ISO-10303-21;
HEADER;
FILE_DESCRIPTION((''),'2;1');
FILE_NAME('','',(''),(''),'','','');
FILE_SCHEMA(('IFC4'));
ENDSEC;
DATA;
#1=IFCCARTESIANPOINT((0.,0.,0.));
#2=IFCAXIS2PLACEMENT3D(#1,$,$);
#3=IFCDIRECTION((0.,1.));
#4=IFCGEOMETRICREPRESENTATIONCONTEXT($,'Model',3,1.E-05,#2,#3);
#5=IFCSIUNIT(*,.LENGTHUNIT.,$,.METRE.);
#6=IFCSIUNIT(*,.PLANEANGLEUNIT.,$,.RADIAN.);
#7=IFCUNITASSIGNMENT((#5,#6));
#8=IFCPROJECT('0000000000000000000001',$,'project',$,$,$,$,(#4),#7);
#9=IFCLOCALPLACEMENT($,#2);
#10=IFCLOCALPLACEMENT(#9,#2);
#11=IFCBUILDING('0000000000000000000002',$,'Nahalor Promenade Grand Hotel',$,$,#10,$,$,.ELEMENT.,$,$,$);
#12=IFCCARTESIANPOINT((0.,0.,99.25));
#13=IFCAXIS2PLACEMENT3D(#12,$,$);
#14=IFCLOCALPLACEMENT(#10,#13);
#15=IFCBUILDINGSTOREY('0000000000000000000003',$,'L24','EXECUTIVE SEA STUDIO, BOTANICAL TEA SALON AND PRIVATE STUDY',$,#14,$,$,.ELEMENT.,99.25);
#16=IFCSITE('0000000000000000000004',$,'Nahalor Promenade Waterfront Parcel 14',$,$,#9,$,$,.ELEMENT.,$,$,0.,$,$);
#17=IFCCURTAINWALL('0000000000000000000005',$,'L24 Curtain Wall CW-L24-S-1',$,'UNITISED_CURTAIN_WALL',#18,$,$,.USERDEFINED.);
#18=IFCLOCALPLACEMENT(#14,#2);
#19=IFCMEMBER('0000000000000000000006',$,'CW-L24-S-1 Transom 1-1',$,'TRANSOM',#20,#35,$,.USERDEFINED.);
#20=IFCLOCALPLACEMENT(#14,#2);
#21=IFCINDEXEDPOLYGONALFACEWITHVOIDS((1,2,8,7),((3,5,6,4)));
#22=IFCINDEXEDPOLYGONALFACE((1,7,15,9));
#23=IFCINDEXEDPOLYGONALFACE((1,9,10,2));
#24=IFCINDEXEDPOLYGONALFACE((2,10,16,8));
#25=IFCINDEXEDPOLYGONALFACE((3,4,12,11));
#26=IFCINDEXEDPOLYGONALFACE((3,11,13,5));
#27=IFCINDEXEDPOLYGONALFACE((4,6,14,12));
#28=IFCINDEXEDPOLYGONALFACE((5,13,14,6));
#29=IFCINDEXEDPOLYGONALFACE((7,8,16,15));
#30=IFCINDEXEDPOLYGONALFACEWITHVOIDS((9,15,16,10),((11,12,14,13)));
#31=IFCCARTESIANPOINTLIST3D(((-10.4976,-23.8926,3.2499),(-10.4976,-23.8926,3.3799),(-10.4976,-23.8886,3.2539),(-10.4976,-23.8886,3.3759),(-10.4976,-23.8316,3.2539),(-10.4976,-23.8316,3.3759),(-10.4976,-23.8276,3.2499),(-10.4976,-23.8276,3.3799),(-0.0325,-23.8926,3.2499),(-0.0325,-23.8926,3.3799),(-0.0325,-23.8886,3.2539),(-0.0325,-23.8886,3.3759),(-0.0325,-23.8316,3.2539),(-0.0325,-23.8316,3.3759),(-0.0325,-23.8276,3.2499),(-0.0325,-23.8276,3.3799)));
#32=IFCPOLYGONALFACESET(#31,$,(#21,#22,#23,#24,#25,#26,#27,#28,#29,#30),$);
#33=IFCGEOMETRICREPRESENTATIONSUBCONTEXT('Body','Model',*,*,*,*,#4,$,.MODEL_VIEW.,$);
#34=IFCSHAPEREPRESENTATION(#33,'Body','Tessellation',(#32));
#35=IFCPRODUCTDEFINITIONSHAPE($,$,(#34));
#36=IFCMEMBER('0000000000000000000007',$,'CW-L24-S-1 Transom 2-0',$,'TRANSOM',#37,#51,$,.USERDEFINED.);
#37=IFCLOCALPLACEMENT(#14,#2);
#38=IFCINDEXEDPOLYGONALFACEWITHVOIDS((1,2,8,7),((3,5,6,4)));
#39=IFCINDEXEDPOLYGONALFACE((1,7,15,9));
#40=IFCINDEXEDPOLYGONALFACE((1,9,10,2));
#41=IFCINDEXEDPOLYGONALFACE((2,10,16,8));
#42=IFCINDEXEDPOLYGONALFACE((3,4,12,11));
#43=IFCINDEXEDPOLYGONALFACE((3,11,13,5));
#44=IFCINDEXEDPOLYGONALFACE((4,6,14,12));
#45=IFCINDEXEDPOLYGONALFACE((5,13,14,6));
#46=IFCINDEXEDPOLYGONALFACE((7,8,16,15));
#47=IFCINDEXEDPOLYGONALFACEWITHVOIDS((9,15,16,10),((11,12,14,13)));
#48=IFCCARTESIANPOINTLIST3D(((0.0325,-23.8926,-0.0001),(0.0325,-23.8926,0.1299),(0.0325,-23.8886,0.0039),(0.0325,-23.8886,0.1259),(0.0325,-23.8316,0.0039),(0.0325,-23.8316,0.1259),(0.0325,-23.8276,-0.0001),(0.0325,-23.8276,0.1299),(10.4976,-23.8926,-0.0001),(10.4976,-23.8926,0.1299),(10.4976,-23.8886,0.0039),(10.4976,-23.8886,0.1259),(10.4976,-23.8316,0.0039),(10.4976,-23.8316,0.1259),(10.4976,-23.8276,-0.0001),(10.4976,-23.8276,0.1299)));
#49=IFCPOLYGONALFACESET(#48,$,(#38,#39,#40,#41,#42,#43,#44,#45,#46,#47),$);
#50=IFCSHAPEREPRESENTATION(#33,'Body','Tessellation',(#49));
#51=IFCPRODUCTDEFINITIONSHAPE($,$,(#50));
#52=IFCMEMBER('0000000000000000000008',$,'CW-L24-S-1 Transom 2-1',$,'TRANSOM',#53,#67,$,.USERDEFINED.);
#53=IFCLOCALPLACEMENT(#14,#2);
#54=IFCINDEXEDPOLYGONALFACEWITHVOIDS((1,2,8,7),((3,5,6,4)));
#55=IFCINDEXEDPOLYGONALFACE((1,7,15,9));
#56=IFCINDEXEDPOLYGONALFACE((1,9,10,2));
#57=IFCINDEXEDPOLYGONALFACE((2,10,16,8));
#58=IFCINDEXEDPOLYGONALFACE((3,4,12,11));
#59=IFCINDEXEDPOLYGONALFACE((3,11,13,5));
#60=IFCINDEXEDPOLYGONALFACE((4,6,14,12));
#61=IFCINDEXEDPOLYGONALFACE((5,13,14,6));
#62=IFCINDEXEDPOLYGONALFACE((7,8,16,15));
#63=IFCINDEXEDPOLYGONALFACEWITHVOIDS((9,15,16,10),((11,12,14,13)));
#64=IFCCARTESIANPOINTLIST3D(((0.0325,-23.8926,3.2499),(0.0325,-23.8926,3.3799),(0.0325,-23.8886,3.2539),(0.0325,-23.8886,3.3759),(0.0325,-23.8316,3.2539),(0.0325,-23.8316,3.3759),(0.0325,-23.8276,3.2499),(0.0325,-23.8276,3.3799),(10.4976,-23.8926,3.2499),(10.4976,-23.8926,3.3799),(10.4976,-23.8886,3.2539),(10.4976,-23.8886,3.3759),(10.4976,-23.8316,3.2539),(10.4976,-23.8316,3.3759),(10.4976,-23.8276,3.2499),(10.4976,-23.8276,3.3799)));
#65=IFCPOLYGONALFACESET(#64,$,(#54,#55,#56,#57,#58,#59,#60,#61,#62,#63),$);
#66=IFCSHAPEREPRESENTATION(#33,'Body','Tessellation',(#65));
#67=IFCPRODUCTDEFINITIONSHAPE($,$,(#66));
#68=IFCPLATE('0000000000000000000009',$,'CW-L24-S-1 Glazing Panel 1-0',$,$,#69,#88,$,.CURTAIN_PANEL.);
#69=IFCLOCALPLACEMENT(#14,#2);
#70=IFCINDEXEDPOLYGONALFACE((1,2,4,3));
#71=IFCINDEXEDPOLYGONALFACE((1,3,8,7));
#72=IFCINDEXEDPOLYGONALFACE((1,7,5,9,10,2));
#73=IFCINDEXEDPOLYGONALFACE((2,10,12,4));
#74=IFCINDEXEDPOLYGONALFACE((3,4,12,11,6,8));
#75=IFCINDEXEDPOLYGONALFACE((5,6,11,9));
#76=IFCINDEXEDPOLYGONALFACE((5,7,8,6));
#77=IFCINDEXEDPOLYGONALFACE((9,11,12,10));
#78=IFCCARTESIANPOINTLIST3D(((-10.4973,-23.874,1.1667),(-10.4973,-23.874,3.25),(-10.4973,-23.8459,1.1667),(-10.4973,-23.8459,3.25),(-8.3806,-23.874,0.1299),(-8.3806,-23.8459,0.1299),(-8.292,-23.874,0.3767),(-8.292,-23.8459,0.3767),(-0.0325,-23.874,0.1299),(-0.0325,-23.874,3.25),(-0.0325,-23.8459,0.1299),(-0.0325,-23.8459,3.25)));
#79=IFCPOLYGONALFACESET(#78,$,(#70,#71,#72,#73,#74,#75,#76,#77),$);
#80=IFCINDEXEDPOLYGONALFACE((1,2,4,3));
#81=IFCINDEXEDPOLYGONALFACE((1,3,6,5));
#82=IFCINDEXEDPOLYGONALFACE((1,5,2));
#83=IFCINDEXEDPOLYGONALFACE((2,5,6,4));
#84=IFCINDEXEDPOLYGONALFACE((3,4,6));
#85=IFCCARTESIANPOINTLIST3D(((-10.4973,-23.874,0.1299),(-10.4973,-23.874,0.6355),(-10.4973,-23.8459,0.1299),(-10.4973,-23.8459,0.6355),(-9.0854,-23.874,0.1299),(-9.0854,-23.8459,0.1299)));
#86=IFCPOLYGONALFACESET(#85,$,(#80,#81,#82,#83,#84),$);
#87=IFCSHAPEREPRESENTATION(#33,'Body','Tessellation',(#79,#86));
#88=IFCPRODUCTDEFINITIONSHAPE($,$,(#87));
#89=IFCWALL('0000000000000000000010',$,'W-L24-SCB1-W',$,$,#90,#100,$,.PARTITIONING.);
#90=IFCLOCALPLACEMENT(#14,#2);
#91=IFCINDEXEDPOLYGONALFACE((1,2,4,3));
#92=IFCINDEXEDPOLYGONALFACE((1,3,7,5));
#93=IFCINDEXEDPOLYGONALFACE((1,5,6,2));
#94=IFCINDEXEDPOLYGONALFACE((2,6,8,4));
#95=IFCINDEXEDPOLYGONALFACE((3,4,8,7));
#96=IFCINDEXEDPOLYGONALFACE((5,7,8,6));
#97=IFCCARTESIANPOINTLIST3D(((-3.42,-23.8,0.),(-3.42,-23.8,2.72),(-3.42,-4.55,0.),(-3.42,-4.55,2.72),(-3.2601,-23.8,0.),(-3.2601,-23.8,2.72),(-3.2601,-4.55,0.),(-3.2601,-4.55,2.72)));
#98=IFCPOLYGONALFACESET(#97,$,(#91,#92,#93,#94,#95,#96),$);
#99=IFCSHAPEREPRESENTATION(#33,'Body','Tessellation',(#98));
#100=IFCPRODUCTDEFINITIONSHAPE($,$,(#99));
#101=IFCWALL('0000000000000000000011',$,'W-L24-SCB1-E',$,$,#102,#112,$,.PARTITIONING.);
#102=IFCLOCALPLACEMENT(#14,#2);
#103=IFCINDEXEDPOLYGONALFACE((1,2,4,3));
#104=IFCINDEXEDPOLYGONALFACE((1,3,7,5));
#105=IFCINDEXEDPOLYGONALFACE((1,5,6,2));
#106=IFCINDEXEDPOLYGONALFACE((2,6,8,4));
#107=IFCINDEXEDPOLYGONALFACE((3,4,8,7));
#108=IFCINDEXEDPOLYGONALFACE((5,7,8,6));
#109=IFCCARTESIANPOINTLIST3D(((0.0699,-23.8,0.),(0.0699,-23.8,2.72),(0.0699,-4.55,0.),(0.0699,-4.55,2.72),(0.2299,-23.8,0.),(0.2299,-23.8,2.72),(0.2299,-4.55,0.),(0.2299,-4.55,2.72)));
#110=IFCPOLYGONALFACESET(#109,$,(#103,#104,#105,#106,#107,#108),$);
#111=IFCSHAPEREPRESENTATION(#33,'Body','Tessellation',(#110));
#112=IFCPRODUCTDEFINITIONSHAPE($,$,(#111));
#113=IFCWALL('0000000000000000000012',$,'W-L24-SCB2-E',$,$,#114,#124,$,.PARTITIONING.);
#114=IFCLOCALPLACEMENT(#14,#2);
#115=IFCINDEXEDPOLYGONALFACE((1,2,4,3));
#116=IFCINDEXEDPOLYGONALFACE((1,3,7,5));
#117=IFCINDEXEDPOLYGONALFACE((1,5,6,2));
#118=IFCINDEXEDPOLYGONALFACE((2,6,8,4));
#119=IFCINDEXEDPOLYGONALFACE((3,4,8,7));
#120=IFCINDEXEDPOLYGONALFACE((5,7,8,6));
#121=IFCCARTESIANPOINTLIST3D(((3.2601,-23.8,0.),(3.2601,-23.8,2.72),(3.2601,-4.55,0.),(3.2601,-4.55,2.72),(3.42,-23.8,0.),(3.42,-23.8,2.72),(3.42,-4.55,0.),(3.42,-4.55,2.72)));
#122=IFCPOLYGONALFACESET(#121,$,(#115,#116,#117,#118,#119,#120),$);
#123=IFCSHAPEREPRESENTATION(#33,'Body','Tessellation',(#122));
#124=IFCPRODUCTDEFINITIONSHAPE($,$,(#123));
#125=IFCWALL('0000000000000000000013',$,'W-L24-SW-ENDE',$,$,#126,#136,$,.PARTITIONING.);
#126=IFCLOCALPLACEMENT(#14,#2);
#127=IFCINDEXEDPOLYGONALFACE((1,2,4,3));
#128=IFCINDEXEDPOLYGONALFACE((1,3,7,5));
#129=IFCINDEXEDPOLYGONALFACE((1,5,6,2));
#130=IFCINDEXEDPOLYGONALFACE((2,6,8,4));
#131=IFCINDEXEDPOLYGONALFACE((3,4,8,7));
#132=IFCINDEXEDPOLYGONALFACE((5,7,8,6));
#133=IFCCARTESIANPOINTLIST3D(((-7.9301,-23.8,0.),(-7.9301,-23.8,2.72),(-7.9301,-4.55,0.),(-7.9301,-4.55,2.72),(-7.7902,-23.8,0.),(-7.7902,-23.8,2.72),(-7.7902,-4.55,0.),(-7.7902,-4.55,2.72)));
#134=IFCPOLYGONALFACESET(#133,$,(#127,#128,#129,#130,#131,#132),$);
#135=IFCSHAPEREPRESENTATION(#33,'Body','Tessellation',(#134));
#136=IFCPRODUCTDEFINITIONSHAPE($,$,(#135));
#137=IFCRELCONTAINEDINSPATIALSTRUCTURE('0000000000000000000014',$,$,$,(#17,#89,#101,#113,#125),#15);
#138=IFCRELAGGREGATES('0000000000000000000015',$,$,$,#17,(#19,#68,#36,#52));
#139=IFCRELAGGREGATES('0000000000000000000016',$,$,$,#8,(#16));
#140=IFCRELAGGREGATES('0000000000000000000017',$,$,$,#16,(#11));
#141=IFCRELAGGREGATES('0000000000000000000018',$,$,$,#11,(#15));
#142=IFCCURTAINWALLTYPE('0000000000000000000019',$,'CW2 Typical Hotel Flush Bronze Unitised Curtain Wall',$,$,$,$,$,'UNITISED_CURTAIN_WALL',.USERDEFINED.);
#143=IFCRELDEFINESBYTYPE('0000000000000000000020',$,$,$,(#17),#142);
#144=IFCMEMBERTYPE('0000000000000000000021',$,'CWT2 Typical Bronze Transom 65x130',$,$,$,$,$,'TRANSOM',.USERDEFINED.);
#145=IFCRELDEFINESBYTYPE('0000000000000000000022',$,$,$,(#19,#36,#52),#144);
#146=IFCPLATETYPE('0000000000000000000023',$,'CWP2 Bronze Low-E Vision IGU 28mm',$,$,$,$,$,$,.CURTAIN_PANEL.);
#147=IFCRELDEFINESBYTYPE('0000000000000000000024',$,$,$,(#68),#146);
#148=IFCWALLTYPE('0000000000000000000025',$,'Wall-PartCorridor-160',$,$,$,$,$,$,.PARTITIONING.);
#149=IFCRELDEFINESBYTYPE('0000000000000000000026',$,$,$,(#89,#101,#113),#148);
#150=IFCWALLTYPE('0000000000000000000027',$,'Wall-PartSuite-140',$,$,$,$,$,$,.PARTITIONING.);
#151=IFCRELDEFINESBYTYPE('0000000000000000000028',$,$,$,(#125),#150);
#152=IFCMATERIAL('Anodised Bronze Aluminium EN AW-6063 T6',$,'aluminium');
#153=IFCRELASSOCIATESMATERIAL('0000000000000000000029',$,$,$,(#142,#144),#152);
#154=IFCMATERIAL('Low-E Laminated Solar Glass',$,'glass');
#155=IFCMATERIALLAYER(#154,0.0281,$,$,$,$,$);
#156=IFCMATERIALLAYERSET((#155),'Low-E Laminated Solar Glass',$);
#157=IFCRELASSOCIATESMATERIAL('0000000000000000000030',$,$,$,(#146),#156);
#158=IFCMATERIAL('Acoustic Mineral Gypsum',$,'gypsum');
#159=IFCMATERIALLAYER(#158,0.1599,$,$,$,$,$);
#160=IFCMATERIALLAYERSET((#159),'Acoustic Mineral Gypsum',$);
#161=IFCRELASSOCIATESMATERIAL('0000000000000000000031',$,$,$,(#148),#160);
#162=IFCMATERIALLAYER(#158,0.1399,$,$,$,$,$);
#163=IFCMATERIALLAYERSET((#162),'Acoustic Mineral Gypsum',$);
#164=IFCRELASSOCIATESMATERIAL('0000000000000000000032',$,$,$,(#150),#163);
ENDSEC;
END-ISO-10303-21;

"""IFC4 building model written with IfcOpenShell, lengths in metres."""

from ifc_helpers import new_model, si_unit, direction, frame, frame_2d, origin, origin_2d, place, context, subcontext, project, spatial, polyline, rectangle, hollow_rectangle, outline, extrude, source, transform, mapped, material, layer, layer_set, material_profile, profile_set, type_object, element, aggregate, save


model = new_model("IFC4")

# Units and contexts
model_context = context("Model", 3, precision=1e-05, world=origin(), true_north=direction((0.0, 1.0)))
body_context = subcontext(model_context, "Body", "Model", "MODEL_VIEW")
ifc_project = project(units=[si_unit("LENGTHUNIT", "METRE"), si_unit("PLANEANGLEUNIT", "RADIAN")], contexts=[model_context])

# Site, building, storey
site_placement = place(None, origin())
site = spatial("IfcSite", under=ifc_project, at=site_placement, Name="Nahalor Promenade Waterfront Parcel 14", CompositionType="ELEMENT", RefElevation=0.0)
building_placement = place(site_placement, origin())
building = spatial("IfcBuilding", under=site, at=building_placement, Name="Nahalor Promenade Grand Hotel", CompositionType="ELEMENT")
storey_placement = place(building_placement, frame((0.0, 0.0, 99.25)))
storey = spatial("IfcBuildingStorey", under=building, at=storey_placement, Name="L24", Description="EXECUTIVE SEA STUDIO, BOTANICAL TEA SALON AND PRIVATE STUDY", CompositionType="ELEMENT", Elevation=99.25)

# Curtain wall, members, plate
ifc_material_1 = material(Name="Anodised Bronze Aluminium EN AW-6063 T6", Category="aluminium")
curtain_wall_type = type_object("IfcCurtainWallType", Name="CW2 Typical Hotel Flush Bronze Unitised Curtain Wall", ElementType="UNITISED_CURTAIN_WALL", PredefinedType="USERDEFINED", material=ifc_material_1)
curtain_wall_placement = place(storey_placement, origin())
curtain_wall = element("IfcCurtainWall", 1, at=curtain_wall_placement, inside=storey, type_object=curtain_wall_type, Name="L24 Curtain Wall CW-L24-S-1", ObjectType="UNITISED_CURTAIN_WALL", PredefinedType="USERDEFINED")
ifc_material_profile_1 = material_profile(ifc_material_1, hollow_rectangle(XDim=0.065, YDim=0.13, WallThickness=0.004, at=origin_2d()), Name="CWT 65x130x4")
ifc_profile_set_1 = profile_set([ifc_material_profile_1], Name="Anodised Bronze Aluminium EN AW-6063 T6")
member_type_1 = type_object("IfcMemberType", Name="CWT2 Typical Bronze Transom 65x130", ElementType="TRANSOM", PredefinedType="USERDEFINED", material=ifc_profile_set_1)
shared_shape_1 = source(origin(), body_context, "Body", "SweptSolid", [
    extrude(hollow_rectangle(XDim=0.065, YDim=0.13, WallThickness=0.004, at=origin_2d()), origin(), (0.0, 0.0, 1.0), 10.4651),
])
member_1_placement = place(storey_placement, frame((-10.4976, -23.8601, 3.3149), z_axis=(1.0, 0.0, 0.0), x_axis=(0.0, 1.0, 0.0)))
member_1 = element("IfcMember", 2, at=member_1_placement, type_object=member_type_1, Name="CW-L24-S-1 Transom 1-1", ObjectType="TRANSOM", PredefinedType="USERDEFINED", context=body_context, shape_type="MappedRepresentation", body=[
    mapped(shared_shape_1, transform((0.0, 0.0, 0.0), scale=1.0)),
])
member_2_placement = place(storey_placement, frame((0.0325, -23.8601, 0.0649), z_axis=(1.0, 0.0, 0.0), x_axis=(0.0, 1.0, 0.0)))
member_2 = element("IfcMember", 3, at=member_2_placement, type_object=member_type_1, Name="CW-L24-S-1 Transom 2-0", ObjectType="TRANSOM", PredefinedType="USERDEFINED", context=body_context, shape_type="MappedRepresentation", body=[
    mapped(shared_shape_1, transform((0.0, 0.0, 0.0), scale=1.0)),
])
member_3_placement = place(storey_placement, frame((0.0325, -23.8601, 3.3149), z_axis=(1.0, 0.0, 0.0), x_axis=(0.0, 1.0, 0.0)))
member_3 = element("IfcMember", 4, at=member_3_placement, type_object=member_type_1, Name="CW-L24-S-1 Transom 2-1", ObjectType="TRANSOM", PredefinedType="USERDEFINED", context=body_context, shape_type="MappedRepresentation", body=[
    mapped(shared_shape_1, transform((0.0, 0.0, 0.0), scale=1.0)),
])
ifc_material_2 = material(Name="Low-E Laminated Solar Glass", Category="glass")
ifc_layer_1 = layer(ifc_material_2, 0.0281)
ifc_layer_set_1 = layer_set([ifc_layer_1], Name="Low-E Laminated Solar Glass")
plate_type = type_object("IfcPlateType", Name="CWP2 Bronze Low-E Vision IGU 28mm", PredefinedType="CURTAIN_PANEL", material=ifc_layer_set_1)
plate_placement = place(storey_placement, frame((-5.2649, -23.8601, 0.1299), z_axis=(0.0, 0.0, 1.0), x_axis=(1.0, 0.0, 0.0)))
plate = element("IfcPlate", 5, at=plate_placement, type_object=plate_type, Name="CW-L24-S-1 Glazing Panel 1-0", PredefinedType="CURTAIN_PANEL", context=body_context, shape_type="SweptSolid", body=[
    extrude(outline(polyline([(5.2324, 3.1201), (-5.2324, 3.1201), (-5.2324, 1.0369), (-3.0271, 0.2468), (-3.1157, 0.0), (5.2324, 0.0), (5.2324, 3.1201)])), frame((0.0, 0.0142, 0.0), z_axis=(0.0, -1.0, 0.0), x_axis=(1.0, 0.0, 0.0)), (0.0, 0.0, 1.0), 0.0281),
    extrude(outline(polyline([(-5.2324, 0.5056), (-5.2324, 0.0), (-3.8206, 0.0), (-5.2324, 0.5056)])), frame((0.0, 0.0142, 0.0), z_axis=(0.0, -1.0, 0.0), x_axis=(1.0, 0.0, 0.0)), (0.0, 0.0, 1.0), 0.0281),
])
aggregate(curtain_wall, [member_1, plate, member_2, member_3])

# Walls
ifc_material_3 = material(Name="Acoustic Mineral Gypsum", Category="gypsum")
ifc_layer_2 = layer(ifc_material_3, 0.1599)
ifc_layer_set_2 = layer_set([ifc_layer_2], Name="Acoustic Mineral Gypsum")
wall_type_1 = type_object("IfcWallType", Name="Wall-PartCorridor-160", PredefinedType="PARTITIONING", material=ifc_layer_set_2)
shared_shape_2 = source(origin(), body_context, "Body", "SweptSolid", [
    extrude(rectangle(XDim=19.25, YDim=0.1599, at=frame_2d((9.625, 0.0))), origin(), (0.0, 0.0, 1.0), 2.72),
])
for number, where, z_axis, x_axis, name in (
    (6, (-3.3401, -23.8, 0.0), (0.0, 0.0, 1.0), (0.0, 1.0, 0.0), "W-L24-SCB1-W"),
    (7, (0.1499, -23.8, 0.0), (0.0, 0.0, 1.0), (0.0, 1.0, 0.0), "W-L24-SCB1-E"),
    (8, (3.3401, -23.8, 0.0), (0.0, 0.0, 1.0), (0.0, 1.0, 0.0), "W-L24-SCB2-E"),
):
    element("IfcWall", number, at=place(storey_placement, frame(where, z_axis=z_axis, x_axis=x_axis)), inside=storey, type_object=wall_type_1, Name=name, PredefinedType="PARTITIONING", context=body_context, shape_type="MappedRepresentation", body=[
        mapped(shared_shape_2, transform((0.0, 0.0, 0.0), scale=1.0)),
    ])
ifc_layer_3 = layer(ifc_material_3, 0.1399)
ifc_layer_set_3 = layer_set([ifc_layer_3], Name="Acoustic Mineral Gypsum")
wall_type_2 = type_object("IfcWallType", Name="Wall-PartSuite-140", PredefinedType="PARTITIONING", material=ifc_layer_set_3)
shared_shape_3 = source(origin(), body_context, "Body", "SweptSolid", [
    extrude(rectangle(XDim=19.25, YDim=0.1399, at=frame_2d((9.625, 0.0))), origin(), (0.0, 0.0, 1.0), 2.72),
])
wall_placement = place(storey_placement, frame((-7.8601, -23.8, 0.0), z_axis=(0.0, 0.0, 1.0), x_axis=(0.0, 1.0, 0.0)))
element("IfcWall", 9, at=wall_placement, inside=storey, type_object=wall_type_2, Name="W-L24-SW-ENDE", PredefinedType="PARTITIONING", context=body_context, shape_type="MappedRepresentation", body=[
    mapped(shared_shape_3, transform((0.0, 0.0, 0.0), scale=1.0)),
])

save(model, "model.ifc")
